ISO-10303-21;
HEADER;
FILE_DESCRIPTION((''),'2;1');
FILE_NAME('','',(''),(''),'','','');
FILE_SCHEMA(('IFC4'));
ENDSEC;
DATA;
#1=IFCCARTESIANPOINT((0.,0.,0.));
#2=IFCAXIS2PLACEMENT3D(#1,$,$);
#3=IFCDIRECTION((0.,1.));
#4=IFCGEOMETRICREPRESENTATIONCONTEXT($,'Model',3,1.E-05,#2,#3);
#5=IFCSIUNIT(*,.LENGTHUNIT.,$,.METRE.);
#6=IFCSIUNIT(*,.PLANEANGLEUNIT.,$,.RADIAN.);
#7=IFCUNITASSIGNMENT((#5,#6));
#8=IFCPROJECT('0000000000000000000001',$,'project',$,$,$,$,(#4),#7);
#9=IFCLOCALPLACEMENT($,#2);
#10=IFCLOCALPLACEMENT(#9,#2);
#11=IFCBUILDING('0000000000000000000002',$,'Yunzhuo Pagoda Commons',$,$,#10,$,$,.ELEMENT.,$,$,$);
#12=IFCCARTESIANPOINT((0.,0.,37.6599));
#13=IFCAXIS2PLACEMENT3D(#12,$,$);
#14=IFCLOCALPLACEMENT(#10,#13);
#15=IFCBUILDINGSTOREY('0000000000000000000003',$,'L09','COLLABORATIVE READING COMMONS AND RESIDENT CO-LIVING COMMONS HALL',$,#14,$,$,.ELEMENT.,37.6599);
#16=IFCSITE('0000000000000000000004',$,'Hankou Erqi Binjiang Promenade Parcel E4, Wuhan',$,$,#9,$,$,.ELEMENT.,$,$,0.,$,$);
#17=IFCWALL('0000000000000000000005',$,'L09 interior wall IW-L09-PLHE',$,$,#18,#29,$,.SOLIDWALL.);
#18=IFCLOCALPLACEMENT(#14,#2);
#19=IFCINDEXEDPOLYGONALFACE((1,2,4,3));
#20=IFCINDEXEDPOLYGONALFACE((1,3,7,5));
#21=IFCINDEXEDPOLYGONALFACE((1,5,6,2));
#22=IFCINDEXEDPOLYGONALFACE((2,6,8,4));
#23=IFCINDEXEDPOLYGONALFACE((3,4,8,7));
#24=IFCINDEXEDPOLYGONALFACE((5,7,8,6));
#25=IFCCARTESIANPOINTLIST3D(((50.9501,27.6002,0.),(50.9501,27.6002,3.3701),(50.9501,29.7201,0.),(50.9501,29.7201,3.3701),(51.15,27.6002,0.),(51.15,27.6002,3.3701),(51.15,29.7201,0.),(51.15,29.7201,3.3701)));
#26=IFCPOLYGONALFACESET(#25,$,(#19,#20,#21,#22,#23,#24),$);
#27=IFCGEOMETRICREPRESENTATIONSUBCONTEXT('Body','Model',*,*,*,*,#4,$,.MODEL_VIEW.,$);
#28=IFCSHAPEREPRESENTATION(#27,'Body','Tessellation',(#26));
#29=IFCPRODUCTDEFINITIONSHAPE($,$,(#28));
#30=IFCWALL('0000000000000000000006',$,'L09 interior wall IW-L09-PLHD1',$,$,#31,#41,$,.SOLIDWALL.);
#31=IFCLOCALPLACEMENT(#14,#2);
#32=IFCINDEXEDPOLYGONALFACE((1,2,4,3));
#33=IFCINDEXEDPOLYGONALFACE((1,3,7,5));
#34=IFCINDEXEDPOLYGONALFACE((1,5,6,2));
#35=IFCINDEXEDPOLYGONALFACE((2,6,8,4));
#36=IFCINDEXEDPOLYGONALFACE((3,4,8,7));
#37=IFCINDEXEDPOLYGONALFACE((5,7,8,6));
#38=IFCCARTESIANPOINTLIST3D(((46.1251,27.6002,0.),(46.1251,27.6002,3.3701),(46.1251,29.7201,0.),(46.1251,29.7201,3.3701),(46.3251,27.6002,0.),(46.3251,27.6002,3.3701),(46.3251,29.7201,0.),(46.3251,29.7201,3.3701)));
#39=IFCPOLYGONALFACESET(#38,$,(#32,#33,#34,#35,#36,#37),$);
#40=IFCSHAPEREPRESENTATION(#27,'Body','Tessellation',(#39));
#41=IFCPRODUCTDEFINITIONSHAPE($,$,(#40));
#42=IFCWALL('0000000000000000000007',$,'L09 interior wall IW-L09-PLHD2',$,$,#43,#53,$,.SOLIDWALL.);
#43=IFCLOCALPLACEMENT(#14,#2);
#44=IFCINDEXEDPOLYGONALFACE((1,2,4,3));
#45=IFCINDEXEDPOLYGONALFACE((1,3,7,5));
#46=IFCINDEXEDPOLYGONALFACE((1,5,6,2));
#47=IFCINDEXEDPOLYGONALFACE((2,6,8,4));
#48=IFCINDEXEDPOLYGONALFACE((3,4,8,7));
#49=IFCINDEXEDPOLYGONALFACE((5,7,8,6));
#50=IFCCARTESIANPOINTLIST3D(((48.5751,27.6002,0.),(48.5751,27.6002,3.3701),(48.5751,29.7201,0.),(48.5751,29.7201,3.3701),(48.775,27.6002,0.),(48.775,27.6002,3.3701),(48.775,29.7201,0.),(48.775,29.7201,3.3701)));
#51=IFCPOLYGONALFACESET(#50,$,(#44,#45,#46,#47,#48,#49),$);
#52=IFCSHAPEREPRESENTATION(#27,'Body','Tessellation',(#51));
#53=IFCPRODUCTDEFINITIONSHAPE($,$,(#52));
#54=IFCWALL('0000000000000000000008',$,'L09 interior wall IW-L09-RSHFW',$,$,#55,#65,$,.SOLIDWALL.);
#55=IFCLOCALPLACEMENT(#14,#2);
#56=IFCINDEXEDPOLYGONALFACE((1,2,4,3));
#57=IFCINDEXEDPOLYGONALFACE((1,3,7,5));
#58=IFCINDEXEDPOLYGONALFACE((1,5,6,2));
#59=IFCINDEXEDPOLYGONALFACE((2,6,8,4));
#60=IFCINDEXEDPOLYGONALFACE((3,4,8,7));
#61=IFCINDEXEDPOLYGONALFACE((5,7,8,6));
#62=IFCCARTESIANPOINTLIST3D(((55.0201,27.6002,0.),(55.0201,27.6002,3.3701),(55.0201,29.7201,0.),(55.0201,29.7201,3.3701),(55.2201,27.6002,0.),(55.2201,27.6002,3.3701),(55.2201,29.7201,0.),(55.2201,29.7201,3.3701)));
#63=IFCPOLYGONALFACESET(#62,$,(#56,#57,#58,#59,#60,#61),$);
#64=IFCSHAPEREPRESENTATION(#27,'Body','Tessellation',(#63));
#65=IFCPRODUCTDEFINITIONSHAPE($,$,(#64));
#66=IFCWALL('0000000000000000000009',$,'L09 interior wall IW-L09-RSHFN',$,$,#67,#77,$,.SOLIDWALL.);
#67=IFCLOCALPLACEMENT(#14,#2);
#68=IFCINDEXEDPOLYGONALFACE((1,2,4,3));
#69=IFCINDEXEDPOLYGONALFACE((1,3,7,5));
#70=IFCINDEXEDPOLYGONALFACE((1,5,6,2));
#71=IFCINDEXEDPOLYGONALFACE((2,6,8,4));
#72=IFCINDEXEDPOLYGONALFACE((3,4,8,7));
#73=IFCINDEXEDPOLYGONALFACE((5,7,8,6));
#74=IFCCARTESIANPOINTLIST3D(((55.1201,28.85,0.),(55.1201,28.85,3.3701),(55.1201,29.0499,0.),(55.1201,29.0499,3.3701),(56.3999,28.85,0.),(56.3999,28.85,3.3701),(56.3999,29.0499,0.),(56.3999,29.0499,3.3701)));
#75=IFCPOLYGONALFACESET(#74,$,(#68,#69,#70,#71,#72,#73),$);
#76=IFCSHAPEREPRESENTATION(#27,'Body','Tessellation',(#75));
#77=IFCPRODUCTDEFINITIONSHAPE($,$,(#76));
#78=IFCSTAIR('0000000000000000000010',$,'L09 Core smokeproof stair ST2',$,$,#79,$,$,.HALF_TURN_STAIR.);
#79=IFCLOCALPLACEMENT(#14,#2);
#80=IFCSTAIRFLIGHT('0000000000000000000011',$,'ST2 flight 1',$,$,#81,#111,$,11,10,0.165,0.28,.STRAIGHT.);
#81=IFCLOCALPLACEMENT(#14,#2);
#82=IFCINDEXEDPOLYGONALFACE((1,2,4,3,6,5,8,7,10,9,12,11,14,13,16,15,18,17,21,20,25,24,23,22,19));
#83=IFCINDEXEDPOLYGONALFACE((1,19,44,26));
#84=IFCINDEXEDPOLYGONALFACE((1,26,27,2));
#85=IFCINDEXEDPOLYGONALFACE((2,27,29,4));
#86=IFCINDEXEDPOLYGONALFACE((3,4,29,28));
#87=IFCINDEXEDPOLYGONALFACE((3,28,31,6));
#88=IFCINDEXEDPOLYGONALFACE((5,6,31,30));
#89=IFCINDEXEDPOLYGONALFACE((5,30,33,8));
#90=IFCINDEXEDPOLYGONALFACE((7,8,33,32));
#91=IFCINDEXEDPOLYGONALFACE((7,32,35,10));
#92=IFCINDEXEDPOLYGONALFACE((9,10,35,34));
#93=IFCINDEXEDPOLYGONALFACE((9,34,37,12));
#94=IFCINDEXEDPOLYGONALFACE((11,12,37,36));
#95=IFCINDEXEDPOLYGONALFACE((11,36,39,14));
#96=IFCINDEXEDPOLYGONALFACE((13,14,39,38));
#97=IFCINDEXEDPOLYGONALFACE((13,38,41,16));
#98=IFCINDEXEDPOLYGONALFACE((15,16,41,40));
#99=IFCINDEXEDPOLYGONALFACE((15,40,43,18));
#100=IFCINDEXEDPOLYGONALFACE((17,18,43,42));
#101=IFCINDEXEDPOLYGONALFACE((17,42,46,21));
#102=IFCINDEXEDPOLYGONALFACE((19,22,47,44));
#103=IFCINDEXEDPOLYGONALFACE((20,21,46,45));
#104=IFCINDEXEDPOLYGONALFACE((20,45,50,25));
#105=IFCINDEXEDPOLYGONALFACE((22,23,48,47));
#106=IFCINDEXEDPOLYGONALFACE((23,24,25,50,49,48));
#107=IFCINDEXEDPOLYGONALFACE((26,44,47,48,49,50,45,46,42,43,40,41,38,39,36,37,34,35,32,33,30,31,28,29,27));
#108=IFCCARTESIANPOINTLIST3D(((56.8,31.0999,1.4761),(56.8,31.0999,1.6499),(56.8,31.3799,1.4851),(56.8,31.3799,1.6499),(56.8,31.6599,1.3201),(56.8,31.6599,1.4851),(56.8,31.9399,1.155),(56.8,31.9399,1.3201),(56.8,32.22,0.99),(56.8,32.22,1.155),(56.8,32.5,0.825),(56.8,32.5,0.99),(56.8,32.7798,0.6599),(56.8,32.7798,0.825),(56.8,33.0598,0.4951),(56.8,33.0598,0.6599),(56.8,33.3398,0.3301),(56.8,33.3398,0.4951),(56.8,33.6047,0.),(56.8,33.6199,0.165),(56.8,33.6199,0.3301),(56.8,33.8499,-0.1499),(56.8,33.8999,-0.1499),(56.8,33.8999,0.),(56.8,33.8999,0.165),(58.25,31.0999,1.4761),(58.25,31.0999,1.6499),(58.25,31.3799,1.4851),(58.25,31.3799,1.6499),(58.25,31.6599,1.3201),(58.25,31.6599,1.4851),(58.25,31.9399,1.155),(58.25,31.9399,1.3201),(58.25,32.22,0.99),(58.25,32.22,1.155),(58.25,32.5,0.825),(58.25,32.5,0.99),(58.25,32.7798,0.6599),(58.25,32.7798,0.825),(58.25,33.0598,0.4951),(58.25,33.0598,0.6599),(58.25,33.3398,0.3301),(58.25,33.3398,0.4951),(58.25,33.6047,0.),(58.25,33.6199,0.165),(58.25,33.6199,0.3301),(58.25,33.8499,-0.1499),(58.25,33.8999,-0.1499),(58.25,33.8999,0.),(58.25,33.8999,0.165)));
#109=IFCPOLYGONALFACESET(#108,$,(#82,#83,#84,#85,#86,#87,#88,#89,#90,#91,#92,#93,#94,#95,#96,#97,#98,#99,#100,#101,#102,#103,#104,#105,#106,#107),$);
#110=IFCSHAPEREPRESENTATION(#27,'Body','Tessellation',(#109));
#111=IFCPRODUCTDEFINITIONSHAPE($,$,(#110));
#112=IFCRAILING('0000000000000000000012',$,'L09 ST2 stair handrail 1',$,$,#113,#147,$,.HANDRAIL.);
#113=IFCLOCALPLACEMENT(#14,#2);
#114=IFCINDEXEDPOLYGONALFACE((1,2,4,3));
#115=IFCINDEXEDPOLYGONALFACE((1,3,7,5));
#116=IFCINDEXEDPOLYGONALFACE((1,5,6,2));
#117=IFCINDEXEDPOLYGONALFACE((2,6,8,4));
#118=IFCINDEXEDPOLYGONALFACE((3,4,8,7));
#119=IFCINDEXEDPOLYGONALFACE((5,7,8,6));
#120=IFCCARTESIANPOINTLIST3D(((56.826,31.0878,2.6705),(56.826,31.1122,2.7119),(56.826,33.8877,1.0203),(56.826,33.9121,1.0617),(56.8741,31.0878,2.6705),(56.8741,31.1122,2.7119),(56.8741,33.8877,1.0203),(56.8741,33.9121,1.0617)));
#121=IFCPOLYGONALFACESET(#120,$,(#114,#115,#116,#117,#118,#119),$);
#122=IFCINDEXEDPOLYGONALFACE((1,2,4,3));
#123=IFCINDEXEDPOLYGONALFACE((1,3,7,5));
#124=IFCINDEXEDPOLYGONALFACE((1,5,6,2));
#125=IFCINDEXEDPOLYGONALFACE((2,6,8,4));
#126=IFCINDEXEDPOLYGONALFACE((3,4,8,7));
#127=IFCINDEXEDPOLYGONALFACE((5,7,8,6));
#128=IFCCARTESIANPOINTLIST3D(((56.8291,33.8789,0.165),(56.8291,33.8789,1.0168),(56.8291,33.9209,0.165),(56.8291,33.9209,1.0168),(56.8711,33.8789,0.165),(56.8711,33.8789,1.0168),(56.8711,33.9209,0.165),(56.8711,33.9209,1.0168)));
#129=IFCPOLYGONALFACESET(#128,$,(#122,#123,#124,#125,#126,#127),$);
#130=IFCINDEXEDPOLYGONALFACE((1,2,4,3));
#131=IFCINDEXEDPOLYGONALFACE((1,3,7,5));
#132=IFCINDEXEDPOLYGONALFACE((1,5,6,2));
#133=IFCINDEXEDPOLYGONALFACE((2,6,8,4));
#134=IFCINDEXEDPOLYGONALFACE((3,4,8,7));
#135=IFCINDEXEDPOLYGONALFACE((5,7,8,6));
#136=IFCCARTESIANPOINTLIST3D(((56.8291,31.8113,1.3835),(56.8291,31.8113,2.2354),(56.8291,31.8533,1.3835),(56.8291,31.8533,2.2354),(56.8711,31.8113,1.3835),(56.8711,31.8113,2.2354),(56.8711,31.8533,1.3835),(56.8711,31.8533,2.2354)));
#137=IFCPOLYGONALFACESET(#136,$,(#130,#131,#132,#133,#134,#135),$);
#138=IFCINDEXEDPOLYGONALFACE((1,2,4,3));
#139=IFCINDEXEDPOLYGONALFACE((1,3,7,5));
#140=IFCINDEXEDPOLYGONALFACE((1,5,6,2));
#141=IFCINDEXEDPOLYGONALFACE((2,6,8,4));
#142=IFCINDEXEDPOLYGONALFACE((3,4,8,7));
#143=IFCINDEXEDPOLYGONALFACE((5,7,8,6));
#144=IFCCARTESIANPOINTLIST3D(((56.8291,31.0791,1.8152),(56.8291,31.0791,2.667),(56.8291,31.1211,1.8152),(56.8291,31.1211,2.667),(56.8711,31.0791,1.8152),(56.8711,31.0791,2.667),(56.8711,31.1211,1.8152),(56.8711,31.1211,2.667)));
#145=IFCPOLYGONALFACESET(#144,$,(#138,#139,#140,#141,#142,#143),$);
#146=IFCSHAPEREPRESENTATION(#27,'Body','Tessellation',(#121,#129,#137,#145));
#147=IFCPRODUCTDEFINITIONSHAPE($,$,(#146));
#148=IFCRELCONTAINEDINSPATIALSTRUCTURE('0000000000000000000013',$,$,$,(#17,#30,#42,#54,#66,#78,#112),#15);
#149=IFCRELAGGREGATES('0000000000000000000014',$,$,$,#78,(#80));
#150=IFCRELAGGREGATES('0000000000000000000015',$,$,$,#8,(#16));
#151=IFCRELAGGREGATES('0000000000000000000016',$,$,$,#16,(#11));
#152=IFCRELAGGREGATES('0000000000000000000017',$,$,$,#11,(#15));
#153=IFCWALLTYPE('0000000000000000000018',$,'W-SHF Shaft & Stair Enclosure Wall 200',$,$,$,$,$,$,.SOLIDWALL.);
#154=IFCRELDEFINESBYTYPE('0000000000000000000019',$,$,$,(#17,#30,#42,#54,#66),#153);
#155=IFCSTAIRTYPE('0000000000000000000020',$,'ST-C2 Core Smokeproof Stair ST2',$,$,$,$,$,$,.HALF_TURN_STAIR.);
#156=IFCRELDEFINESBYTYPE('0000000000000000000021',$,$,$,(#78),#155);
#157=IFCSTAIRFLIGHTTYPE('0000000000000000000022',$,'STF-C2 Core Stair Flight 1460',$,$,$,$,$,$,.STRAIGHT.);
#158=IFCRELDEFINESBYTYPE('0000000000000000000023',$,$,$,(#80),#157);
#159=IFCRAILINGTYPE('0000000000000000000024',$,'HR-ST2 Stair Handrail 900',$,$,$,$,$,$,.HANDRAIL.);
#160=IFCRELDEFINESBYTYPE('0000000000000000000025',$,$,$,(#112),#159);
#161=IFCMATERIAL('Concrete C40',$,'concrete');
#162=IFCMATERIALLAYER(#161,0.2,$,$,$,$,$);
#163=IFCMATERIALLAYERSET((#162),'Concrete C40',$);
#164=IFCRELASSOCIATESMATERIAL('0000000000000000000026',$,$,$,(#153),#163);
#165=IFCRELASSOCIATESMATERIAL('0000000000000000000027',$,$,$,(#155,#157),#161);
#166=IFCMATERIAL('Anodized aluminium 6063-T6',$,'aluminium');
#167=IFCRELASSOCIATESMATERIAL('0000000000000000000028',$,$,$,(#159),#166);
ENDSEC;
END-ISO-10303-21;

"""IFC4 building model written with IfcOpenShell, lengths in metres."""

from ifc_helpers import new_model, si_unit, direction, frame, frame_2d, origin, origin_2d, place, context, subcontext, project, spatial, polyline, rectangle, outline, extrude, source, transform, mapped, material, layer, layer_set, type_object, element, aggregate, save


model = new_model("IFC4")

# Units and contexts
model_context = context("Model", 3, precision=1e-05, world=origin(), true_north=direction((0.0, 1.0)))
body_context = subcontext(model_context, "Body", "Model", "MODEL_VIEW")
ifc_project = project(units=[si_unit("LENGTHUNIT", "METRE"), si_unit("PLANEANGLEUNIT", "RADIAN")], contexts=[model_context])

# Site, building, storey
site_placement = place(None, origin())
site = spatial("IfcSite", under=ifc_project, at=site_placement, Name="Hankou Erqi Binjiang Promenade Parcel E4, Wuhan", CompositionType="ELEMENT", RefElevation=0.0)
building_placement = place(site_placement, origin())
building = spatial("IfcBuilding", under=site, at=building_placement, Name="Yunzhuo Pagoda Commons", CompositionType="ELEMENT")
storey_placement = place(building_placement, frame((0.0, 0.0, 37.6599)))
storey = spatial("IfcBuildingStorey", under=building, at=storey_placement, Name="L09", Description="COLLABORATIVE READING COMMONS AND RESIDENT CO-LIVING COMMONS HALL", CompositionType="ELEMENT", Elevation=37.6599)

# Shared definitions
ifc_material_1 = material(Name="Concrete C40", Category="concrete")
ifc_layer_1 = layer(ifc_material_1, 0.2)
ifc_layer_set_1 = layer_set([ifc_layer_1], Name="Concrete C40")
wall_type_1 = type_object("IfcWallType", Name="W-SHF Shaft & Stair Enclosure Wall 200", PredefinedType="SOLIDWALL", material=ifc_layer_set_1)

# Walls
for number, where, z_axis, x_axis, name in (
    (1, (51.05, 27.6001, 0.0), (0.0, 0.0, 1.0), (0.0, 1.0, 0.0), "L09 interior wall IW-L09-PLHE"),
    (2, (46.2251, 27.6001, 0.0), (0.0, 0.0, 1.0), (0.0, 1.0, 0.0), "L09 interior wall IW-L09-PLHD1"),
    (3, (48.675, 27.6001, 0.0), (0.0, 0.0, 1.0), (0.0, 1.0, 0.0), "L09 interior wall IW-L09-PLHD2"),
    (4, (55.1201, 27.6001, 0.0), (0.0, 0.0, 1.0), (0.0, 1.0, 0.0), "L09 interior wall IW-L09-RSHFW"),
):
    element("IfcWall", number, at=place(storey_placement, frame(where, z_axis=z_axis, x_axis=x_axis)), inside=storey, type_object=wall_type_1, Name=name, PredefinedType="SOLIDWALL", context=body_context, shape_type="SweptSolid", body=[
        extrude(rectangle(XDim=2.1199, YDim=0.2, at=frame_2d((1.0601, 0.0))), origin(), (0.0, 0.0, 1.0), 3.3701),
    ])
wall_1_placement = place(storey_placement, frame((55.1201, 28.95, 0.0), z_axis=(0.0, 0.0, 1.0), x_axis=(1.0, 0.0, 0.0)))
element("IfcWall", 5, at=wall_1_placement, inside=storey, type_object=wall_type_1, Name="L09 interior wall IW-L09-RSHFN", PredefinedType="SOLIDWALL", context=body_context, shape_type="SweptSolid", body=[
    extrude(rectangle(XDim=1.2798, YDim=0.2, at=frame_2d((0.6399, 0.0))), origin(), (0.0, 0.0, 1.0), 3.3701),
])

# Stair, stair flight
stair_type = type_object("IfcStairType", Name="ST-C2 Core Smokeproof Stair ST2", PredefinedType="HALF_TURN_STAIR", material=ifc_material_1)
stair_placement = place(storey_placement, origin())
stair = element("IfcStair", 6, at=stair_placement, inside=storey, type_object=stair_type, Name="L09 Core smokeproof stair ST2", PredefinedType="HALF_TURN_STAIR")
stair_flight_type = type_object("IfcStairFlightType", Name="STF-C2 Core Stair Flight 1460", PredefinedType="STRAIGHT", material=ifc_material_1)
shared_shape_1 = source(origin(), body_context, "Body", "SweptSolid", [
    extrude(outline(polyline([(0.0, -0.1499), (0.0, 0.0), (0.0, 0.165), (0.28, 0.165), (0.28, 0.3301), (0.5601, 0.3301), (0.5601, 0.4951), (0.8401, 0.4951), (0.8401, 0.6599), (1.1201, 0.6599), (1.1201, 0.825), (1.3999, 0.825), (1.3999, 0.99), (1.6799, 0.99), (1.6799, 1.155), (1.96, 1.155), (1.96, 1.3201), (2.24, 1.3201), (2.24, 1.4851), (2.52, 1.4851), (2.52, 1.6499), (2.8, 1.6499), (2.8, 1.8149), (2.8, 1.4761), (0.2952, 0.0), (0.05, -0.1499), (0.0, -0.1499)])), frame((0.0, 0.7251, 0.0), z_axis=(0.0, -1.0, 0.0), x_axis=(1.0, 0.0, 0.0)), (0.0, 0.0, 1.0), 1.45),
])
stair_flight_placement = place(storey_placement, frame((57.5249, 33.8999, 0.0), z_axis=(0.0, 0.0, 1.0), x_axis=(0.0, -1.0, 0.0)))
stair_flight = element("IfcStairFlight", 7, at=stair_flight_placement, type_object=stair_flight_type, Name="ST2 flight 1", NumberOfRisers=11, NumberOfTreads=10, PredefinedType="STRAIGHT", RiserHeight=0.165, TreadLength=0.28, context=body_context, shape_type="MappedRepresentation", body=[
    mapped(shared_shape_1, transform((0.0, 0.0, 0.0), scale=1.0)),
])
aggregate(stair, [stair_flight])

# Railing
ifc_material_2 = material(Name="Anodized aluminium 6063-T6", Category="aluminium")
railing_type = type_object("IfcRailingType", Name="HR-ST2 Stair Handrail 900", PredefinedType="HANDRAIL", material=ifc_material_2)
railing_placement = place(storey_placement, frame((56.8501, 33.8999, 0.165)))
element("IfcRailing", 8, at=railing_placement, inside=storey, type_object=railing_type, Name="L09 ST2 stair handrail 1", PredefinedType="HANDRAIL", context=body_context, shape_type="SweptSolid", body=[
    extrude(rectangle(XDim=0.0481, YDim=0.0481, at=origin_2d()), frame((0.0, 0.0, 0.876), z_axis=(0.0, -0.861503, 0.507752), x_axis=(1.0, 0.0, 0.0)), (0.0, 0.0, 1.0), 3.25),
    extrude(rectangle(XDim=0.042, YDim=0.042, at=origin_2d()), origin(), (0.0, 0.0, 1.0), 0.8518),
    extrude(rectangle(XDim=0.042, YDim=0.042, at=origin_2d()), frame((0.0, -2.0676, 1.2185)), (0.0, 0.0, 1.0), 0.8518),
    extrude(rectangle(XDim=0.042, YDim=0.042, at=origin_2d()), frame((0.0, -2.7998, 1.6501)), (0.0, 0.0, 1.0), 0.8518),
])

save(model, "model.ifc")
